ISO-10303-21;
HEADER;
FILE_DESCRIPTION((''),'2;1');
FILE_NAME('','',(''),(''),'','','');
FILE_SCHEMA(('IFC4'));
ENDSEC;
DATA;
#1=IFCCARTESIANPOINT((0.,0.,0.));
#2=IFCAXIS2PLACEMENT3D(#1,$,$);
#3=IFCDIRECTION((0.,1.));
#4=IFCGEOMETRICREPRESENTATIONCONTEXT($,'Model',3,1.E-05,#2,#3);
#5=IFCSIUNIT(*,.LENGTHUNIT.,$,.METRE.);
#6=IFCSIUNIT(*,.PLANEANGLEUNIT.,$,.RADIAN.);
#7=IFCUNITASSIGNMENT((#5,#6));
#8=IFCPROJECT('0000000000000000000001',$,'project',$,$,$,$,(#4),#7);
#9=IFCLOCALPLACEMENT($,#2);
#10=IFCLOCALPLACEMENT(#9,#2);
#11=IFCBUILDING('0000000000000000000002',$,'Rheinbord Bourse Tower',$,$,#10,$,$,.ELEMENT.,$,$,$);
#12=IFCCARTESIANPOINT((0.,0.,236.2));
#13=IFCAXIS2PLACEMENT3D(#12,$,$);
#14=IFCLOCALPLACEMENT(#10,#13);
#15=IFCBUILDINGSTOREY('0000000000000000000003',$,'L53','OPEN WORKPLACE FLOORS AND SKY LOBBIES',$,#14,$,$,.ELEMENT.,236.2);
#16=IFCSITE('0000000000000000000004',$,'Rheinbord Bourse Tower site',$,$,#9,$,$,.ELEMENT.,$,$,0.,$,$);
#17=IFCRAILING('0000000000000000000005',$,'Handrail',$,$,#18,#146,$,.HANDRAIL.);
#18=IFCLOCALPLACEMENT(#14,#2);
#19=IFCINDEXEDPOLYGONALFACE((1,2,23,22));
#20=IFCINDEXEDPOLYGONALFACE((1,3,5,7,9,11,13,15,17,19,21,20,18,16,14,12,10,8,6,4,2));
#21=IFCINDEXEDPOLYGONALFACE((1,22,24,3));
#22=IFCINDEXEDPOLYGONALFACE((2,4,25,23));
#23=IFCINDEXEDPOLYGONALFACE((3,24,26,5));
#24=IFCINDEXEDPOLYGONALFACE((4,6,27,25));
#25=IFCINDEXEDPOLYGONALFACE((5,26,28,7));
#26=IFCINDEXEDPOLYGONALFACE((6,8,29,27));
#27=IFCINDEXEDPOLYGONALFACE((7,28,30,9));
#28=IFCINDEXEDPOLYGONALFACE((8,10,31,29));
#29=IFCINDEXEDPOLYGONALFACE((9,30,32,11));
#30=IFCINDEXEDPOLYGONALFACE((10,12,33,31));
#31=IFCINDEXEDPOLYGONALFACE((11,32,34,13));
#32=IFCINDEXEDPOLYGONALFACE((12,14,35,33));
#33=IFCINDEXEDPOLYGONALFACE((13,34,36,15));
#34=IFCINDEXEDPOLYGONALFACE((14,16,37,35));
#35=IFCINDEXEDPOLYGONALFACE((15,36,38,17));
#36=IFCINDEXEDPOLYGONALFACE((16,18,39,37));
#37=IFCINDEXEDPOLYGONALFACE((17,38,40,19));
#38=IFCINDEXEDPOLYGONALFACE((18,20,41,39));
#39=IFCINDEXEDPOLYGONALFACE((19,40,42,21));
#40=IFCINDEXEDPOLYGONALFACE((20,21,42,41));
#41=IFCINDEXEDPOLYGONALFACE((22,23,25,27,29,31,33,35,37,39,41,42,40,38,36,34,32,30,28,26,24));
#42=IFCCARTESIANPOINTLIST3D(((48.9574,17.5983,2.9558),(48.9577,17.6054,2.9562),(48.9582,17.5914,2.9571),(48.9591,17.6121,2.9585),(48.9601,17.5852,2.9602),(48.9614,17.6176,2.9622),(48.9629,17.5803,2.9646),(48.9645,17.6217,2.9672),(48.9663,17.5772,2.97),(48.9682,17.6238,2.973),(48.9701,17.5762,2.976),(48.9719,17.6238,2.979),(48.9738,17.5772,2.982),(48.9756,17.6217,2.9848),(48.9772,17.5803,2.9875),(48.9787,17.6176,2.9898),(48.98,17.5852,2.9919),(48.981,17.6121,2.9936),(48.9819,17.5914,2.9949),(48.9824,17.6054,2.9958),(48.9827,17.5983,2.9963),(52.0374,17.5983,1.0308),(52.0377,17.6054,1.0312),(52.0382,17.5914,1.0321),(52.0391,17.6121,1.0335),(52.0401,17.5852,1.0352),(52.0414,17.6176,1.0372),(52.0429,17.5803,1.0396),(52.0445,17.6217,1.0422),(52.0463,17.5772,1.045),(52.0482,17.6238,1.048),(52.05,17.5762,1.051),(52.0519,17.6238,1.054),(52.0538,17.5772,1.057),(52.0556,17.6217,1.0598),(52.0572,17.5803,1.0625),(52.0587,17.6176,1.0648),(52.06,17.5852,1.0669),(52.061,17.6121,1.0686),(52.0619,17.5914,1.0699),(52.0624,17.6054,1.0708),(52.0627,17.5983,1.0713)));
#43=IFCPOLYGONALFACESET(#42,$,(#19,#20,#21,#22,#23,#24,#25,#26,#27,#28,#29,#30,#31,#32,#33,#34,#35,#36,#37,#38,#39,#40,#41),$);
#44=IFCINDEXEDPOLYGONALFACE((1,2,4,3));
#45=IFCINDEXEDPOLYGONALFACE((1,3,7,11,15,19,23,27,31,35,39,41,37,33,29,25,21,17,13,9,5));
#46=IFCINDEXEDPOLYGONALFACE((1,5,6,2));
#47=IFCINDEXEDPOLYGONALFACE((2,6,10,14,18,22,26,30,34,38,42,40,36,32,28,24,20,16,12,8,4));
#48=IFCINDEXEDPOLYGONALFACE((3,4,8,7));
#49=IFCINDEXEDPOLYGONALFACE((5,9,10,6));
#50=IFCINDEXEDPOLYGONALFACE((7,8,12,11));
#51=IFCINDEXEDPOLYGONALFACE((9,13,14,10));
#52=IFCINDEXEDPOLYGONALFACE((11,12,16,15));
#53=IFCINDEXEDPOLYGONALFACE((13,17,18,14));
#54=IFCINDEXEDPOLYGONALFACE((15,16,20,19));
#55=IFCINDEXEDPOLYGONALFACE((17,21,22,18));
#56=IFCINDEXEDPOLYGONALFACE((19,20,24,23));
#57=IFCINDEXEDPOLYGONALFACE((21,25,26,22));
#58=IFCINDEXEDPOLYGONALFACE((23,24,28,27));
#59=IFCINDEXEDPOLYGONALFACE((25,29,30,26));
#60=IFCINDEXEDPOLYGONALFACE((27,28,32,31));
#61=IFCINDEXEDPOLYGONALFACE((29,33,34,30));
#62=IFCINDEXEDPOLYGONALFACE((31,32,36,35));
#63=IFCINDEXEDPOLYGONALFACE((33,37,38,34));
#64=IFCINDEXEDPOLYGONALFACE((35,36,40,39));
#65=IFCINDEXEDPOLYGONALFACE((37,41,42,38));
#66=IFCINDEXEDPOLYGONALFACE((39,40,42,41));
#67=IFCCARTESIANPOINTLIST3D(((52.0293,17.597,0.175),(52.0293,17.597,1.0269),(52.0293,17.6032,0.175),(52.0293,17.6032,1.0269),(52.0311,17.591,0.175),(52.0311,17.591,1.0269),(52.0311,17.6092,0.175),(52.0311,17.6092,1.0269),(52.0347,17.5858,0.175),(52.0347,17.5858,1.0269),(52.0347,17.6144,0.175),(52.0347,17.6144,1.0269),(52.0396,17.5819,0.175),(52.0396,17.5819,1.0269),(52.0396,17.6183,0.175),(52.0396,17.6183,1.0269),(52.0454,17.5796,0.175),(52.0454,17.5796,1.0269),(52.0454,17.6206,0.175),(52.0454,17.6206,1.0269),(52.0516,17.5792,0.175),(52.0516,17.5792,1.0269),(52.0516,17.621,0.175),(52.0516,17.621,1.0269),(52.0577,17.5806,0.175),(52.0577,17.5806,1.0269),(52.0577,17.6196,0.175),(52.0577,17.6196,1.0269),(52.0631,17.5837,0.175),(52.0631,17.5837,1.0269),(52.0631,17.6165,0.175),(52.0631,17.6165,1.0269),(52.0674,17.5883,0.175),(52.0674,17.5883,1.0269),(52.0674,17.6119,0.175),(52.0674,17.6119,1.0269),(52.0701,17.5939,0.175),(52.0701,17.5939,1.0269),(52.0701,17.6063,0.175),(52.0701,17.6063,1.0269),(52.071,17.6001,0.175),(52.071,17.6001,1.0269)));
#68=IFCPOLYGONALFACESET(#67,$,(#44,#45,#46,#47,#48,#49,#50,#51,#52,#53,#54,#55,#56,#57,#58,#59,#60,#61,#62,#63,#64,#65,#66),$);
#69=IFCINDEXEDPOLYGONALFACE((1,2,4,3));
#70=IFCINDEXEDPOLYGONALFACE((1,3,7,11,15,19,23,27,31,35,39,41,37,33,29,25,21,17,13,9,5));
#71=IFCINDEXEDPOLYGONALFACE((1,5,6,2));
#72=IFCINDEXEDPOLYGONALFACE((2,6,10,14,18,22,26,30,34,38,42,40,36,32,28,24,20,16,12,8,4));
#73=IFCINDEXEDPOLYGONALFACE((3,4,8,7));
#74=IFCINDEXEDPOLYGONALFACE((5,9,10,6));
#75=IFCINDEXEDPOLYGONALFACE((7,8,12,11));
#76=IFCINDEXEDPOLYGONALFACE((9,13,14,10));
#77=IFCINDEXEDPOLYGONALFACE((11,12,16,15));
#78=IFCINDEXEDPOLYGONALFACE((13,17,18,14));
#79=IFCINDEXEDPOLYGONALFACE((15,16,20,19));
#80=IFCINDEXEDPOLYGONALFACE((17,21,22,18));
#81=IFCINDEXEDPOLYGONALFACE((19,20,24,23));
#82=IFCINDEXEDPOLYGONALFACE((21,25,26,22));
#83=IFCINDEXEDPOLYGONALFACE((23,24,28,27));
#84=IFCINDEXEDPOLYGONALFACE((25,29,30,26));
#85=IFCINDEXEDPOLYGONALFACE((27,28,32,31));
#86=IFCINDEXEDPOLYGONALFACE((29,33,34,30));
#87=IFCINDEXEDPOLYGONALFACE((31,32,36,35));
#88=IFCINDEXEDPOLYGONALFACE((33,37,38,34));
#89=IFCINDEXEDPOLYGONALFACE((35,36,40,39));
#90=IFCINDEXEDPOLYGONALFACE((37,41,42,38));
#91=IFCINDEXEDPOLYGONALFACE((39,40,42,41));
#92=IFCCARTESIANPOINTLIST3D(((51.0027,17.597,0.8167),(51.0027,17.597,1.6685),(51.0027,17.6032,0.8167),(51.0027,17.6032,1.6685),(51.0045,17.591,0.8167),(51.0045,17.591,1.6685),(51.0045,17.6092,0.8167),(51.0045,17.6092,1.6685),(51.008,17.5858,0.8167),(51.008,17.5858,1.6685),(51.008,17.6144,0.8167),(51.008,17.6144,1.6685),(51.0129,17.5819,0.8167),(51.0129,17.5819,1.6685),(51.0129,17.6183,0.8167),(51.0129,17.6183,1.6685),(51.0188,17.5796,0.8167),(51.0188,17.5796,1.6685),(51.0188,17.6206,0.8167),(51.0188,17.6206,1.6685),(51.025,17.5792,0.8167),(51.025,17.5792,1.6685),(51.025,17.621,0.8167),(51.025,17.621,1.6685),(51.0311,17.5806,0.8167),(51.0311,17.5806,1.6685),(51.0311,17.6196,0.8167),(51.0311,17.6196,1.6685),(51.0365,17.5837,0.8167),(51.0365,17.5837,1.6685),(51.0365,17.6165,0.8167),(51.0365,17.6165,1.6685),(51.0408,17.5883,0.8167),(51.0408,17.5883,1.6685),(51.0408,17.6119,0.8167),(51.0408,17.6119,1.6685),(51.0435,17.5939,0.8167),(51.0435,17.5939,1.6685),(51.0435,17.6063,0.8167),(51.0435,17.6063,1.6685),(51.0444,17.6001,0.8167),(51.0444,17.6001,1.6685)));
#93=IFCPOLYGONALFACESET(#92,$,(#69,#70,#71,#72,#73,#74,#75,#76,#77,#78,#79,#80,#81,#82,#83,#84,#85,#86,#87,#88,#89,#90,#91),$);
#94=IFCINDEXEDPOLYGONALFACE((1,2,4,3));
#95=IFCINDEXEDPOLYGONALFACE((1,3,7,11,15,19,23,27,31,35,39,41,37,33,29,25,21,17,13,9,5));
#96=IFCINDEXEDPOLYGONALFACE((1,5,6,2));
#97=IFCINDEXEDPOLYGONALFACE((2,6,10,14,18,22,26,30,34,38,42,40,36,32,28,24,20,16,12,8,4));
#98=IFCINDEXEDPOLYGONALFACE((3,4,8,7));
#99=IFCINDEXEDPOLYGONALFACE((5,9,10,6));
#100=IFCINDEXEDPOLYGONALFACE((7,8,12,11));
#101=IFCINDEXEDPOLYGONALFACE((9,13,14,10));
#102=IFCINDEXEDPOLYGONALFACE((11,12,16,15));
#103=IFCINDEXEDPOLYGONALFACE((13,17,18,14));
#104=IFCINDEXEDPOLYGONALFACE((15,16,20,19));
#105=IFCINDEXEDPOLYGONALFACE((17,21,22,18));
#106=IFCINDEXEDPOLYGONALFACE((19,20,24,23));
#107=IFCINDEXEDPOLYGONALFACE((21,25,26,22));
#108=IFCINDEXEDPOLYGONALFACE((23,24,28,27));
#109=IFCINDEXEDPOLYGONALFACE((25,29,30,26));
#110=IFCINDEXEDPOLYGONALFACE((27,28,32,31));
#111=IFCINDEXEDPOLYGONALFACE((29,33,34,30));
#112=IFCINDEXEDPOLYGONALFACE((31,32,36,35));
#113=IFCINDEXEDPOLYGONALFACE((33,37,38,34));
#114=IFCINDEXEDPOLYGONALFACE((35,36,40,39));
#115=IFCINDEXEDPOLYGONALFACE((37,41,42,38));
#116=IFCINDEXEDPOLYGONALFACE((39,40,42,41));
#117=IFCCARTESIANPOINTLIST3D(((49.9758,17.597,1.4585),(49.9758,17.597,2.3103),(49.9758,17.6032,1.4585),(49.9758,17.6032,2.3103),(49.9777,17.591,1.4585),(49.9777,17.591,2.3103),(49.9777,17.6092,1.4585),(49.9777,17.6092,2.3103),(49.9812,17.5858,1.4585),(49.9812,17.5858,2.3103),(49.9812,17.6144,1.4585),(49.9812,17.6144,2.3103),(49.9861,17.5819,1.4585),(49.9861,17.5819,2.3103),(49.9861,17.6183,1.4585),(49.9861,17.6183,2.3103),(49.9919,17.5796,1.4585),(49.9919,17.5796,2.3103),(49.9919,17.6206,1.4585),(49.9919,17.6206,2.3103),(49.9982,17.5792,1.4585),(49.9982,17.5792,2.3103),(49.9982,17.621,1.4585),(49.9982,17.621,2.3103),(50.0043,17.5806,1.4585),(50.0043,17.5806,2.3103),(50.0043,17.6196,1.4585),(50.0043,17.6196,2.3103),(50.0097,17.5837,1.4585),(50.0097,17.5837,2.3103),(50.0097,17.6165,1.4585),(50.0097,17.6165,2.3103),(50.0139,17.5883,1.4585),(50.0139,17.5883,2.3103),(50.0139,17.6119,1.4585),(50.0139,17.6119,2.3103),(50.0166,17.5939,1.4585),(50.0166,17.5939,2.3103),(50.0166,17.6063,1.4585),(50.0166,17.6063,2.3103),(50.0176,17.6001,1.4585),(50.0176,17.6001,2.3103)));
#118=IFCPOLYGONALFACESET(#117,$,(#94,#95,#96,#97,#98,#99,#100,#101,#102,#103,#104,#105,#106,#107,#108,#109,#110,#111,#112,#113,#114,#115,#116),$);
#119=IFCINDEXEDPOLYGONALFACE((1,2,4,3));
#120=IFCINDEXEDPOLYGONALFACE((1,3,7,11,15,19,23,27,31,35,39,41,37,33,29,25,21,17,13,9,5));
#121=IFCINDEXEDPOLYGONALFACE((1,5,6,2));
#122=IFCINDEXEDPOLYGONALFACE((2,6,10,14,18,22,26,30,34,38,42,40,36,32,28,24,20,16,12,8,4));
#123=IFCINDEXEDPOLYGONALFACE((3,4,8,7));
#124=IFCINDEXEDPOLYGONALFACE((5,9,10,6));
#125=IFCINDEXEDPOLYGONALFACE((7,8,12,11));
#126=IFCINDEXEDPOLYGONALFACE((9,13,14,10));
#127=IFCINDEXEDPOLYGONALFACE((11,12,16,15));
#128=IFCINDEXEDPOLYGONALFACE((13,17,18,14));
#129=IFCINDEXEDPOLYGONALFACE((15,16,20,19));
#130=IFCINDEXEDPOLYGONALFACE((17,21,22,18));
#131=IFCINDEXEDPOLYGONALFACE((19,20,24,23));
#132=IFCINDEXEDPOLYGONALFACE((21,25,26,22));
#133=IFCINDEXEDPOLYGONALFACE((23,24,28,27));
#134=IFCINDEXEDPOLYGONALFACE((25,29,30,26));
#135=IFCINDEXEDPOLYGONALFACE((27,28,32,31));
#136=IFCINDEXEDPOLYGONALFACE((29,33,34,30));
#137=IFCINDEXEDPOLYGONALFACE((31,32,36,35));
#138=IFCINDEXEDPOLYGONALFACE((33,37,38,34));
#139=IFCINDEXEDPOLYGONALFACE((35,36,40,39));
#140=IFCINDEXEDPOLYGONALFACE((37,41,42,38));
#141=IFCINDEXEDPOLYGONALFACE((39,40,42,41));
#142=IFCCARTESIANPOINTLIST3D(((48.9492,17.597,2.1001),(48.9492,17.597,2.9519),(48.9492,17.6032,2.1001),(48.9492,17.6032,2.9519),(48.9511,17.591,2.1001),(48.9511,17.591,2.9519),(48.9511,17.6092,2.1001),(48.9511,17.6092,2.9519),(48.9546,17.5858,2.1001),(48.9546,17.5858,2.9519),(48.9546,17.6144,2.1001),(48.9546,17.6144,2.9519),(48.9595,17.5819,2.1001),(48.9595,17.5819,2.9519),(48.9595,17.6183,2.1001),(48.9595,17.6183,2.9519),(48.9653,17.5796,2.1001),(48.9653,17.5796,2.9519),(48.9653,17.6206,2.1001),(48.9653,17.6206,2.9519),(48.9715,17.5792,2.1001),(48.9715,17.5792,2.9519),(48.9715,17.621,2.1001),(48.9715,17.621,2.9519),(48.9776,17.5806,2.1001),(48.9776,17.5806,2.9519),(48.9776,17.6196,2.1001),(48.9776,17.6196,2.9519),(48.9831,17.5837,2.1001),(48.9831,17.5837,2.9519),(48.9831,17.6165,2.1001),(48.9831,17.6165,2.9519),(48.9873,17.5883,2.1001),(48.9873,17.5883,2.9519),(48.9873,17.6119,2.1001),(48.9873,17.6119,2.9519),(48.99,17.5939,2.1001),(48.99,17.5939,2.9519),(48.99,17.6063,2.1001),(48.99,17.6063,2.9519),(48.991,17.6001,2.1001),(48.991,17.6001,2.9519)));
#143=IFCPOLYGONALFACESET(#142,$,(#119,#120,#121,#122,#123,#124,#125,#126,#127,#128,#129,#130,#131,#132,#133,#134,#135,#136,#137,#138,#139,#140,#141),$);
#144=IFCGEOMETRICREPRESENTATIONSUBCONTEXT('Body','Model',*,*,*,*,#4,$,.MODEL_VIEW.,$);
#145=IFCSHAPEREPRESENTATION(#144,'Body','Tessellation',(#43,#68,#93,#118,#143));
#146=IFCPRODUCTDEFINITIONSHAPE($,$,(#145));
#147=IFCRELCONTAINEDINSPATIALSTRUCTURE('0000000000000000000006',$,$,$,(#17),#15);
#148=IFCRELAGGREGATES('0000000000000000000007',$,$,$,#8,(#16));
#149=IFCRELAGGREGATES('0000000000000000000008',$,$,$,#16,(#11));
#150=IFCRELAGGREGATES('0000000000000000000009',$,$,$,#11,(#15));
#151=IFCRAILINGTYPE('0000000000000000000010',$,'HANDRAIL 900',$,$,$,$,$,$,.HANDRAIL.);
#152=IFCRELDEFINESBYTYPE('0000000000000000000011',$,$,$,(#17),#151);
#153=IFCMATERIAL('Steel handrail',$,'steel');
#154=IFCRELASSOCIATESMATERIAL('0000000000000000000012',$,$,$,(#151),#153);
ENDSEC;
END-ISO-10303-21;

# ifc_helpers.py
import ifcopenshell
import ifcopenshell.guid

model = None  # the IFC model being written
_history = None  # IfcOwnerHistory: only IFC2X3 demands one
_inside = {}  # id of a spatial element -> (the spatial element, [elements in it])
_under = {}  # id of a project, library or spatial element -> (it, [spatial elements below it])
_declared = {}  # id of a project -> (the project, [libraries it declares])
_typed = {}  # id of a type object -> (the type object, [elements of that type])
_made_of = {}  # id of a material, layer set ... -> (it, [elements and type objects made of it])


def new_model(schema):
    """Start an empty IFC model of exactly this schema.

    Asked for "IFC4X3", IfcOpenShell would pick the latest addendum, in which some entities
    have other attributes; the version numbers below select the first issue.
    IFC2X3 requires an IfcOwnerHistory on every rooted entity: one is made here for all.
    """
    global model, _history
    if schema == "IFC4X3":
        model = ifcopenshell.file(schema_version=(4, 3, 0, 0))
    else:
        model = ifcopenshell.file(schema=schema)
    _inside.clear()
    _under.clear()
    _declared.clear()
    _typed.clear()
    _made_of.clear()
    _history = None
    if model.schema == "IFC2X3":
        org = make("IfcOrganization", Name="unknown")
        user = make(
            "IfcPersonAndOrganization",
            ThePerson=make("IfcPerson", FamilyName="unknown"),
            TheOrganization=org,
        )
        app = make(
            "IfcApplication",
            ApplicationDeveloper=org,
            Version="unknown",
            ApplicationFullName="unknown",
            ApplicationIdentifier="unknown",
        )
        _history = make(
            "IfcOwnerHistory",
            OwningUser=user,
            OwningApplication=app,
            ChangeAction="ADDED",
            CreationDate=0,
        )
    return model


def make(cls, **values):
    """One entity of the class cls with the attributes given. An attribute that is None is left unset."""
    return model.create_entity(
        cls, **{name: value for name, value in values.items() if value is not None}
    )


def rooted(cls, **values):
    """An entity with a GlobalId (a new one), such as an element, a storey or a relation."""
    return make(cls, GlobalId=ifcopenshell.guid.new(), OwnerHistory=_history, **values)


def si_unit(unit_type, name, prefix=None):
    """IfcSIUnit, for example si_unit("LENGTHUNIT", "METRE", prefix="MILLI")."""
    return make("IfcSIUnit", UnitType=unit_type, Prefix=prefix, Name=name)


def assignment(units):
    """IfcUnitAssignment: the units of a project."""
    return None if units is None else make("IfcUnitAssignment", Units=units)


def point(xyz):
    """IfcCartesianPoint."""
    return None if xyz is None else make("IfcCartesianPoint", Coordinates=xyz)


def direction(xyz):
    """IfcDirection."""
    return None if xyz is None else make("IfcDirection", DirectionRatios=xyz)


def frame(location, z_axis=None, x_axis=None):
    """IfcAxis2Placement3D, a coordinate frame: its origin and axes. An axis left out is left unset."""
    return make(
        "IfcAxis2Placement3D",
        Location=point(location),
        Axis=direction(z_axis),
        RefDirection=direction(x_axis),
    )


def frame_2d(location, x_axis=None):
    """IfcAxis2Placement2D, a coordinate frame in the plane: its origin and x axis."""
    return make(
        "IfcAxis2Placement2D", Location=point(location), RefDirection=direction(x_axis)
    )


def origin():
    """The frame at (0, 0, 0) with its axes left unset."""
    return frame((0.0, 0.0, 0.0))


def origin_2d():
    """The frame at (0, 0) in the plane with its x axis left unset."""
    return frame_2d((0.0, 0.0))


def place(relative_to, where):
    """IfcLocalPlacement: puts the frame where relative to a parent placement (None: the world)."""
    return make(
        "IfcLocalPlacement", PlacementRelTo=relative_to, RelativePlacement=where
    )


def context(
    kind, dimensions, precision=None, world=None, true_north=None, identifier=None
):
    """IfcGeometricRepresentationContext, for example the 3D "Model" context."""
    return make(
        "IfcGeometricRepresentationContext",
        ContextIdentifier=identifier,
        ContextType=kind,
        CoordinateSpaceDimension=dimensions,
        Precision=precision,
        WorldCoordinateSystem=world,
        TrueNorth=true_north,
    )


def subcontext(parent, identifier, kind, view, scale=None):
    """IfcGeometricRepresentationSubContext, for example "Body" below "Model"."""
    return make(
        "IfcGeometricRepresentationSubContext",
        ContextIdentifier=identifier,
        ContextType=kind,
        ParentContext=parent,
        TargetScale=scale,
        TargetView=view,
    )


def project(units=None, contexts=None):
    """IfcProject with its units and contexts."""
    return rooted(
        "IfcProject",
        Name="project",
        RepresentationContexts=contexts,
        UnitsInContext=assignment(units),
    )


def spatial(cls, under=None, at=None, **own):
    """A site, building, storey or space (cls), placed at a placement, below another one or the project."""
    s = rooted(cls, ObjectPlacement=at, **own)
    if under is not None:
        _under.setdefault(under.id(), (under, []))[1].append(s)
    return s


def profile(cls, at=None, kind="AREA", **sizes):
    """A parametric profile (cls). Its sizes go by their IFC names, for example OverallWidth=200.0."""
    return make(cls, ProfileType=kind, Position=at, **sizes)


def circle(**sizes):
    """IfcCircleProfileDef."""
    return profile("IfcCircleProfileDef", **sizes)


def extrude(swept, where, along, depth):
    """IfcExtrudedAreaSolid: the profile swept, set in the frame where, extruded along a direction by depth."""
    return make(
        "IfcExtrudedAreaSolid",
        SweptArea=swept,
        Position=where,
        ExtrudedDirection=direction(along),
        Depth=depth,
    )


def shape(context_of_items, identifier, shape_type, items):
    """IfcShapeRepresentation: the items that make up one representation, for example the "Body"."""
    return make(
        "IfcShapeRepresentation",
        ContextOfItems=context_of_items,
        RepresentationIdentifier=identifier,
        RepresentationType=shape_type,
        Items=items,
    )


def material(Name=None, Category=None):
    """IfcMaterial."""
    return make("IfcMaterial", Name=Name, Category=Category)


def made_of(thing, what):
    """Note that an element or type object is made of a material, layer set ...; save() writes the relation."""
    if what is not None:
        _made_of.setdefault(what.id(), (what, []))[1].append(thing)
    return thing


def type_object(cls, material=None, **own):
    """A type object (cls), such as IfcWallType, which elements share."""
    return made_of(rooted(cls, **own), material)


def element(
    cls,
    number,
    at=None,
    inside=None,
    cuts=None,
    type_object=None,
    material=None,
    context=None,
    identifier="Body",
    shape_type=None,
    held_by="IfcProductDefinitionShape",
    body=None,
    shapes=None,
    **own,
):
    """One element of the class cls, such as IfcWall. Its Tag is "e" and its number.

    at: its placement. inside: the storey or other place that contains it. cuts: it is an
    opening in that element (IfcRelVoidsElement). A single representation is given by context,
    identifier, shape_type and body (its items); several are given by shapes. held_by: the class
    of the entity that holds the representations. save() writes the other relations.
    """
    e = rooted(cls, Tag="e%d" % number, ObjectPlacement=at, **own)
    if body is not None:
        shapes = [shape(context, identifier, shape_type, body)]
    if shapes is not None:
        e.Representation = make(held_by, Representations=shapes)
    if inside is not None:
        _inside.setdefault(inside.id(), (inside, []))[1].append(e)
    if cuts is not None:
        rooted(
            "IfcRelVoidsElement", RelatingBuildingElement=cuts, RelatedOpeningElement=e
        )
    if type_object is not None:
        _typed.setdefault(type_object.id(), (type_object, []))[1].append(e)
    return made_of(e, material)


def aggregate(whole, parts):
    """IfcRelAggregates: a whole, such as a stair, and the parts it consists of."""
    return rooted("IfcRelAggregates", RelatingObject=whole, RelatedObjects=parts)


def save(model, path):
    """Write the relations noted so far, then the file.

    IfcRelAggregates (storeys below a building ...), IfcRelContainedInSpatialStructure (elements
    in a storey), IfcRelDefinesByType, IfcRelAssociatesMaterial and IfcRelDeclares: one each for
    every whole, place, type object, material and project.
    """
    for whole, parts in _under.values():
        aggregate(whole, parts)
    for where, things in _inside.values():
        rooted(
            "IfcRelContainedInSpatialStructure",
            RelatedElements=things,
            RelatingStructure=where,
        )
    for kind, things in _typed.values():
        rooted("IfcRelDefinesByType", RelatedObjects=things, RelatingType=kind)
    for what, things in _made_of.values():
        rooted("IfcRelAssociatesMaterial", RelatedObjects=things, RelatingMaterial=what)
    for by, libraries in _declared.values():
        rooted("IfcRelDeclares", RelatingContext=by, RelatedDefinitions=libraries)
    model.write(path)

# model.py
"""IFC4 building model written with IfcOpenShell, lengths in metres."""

from ifc_helpers import new_model, si_unit, direction, frame, origin, origin_2d, place, context, subcontext, project, spatial, circle, extrude, material, type_object, element, save


model = new_model("IFC4")

# Units and contexts
model_context = context("Model", 3, precision=1e-05, world=origin(), true_north=direction((0.0, 1.0)))
body_context = subcontext(model_context, "Body", "Model", "MODEL_VIEW")
ifc_project = project(units=[si_unit("LENGTHUNIT", "METRE"), si_unit("PLANEANGLEUNIT", "RADIAN")], contexts=[model_context])

# Site, building, storey
site_placement = place(None, origin())
site = spatial("IfcSite", under=ifc_project, at=site_placement, Name="Rheinbord Bourse Tower site", CompositionType="ELEMENT", RefElevation=0.0)
building_placement = place(site_placement, origin())
building = spatial("IfcBuilding", under=site, at=building_placement, Name="Rheinbord Bourse Tower", CompositionType="ELEMENT")
storey_placement = place(building_placement, frame((0.0, 0.0, 236.2)))
storey = spatial("IfcBuildingStorey", under=building, at=storey_placement, Name="L53", Description="OPEN WORKPLACE FLOORS AND SKY LOBBIES", CompositionType="ELEMENT", Elevation=236.2)

# Railing
ifc_material_1 = material(Name="Steel handrail", Category="steel")
railing_type = type_object("IfcRailingType", Name="HANDRAIL 900", PredefinedType="HANDRAIL", material=ifc_material_1)
railing_1_placement = place(storey_placement, frame((52.05, 17.6001, 0.175)))
element("IfcRailing", 1, at=railing_1_placement, inside=storey, type_object=railing_type, Name="Handrail", PredefinedType="HANDRAIL", context=body_context, shape_type="SweptSolid", body=[
    extrude(circle(Radius=0.0239, at=origin_2d()), frame((0.0, 0.0, 0.876), z_axis=(-0.847998, 0.0, 0.529999), x_axis=(0.0, -1.0, 0.0)), (0.0, 0.0, 1.0), 3.6321),
    extrude(circle(Radius=0.021, at=origin_2d()), origin(), (0.0, 0.0, 1.0), 0.8518),
    extrude(circle(Radius=0.021, at=origin_2d()), frame((-1.0266, 0.0, 0.6416)), (0.0, 0.0, 1.0), 0.8518),
    extrude(circle(Radius=0.021, at=origin_2d()), frame((-2.0535, 0.0, 1.2834)), (0.0, 0.0, 1.0), 0.8518),
    extrude(circle(Radius=0.021, at=origin_2d()), frame((-3.0801, 0.0, 1.925)), (0.0, 0.0, 1.0), 0.8518),
])

save(model, "model.ifc")
